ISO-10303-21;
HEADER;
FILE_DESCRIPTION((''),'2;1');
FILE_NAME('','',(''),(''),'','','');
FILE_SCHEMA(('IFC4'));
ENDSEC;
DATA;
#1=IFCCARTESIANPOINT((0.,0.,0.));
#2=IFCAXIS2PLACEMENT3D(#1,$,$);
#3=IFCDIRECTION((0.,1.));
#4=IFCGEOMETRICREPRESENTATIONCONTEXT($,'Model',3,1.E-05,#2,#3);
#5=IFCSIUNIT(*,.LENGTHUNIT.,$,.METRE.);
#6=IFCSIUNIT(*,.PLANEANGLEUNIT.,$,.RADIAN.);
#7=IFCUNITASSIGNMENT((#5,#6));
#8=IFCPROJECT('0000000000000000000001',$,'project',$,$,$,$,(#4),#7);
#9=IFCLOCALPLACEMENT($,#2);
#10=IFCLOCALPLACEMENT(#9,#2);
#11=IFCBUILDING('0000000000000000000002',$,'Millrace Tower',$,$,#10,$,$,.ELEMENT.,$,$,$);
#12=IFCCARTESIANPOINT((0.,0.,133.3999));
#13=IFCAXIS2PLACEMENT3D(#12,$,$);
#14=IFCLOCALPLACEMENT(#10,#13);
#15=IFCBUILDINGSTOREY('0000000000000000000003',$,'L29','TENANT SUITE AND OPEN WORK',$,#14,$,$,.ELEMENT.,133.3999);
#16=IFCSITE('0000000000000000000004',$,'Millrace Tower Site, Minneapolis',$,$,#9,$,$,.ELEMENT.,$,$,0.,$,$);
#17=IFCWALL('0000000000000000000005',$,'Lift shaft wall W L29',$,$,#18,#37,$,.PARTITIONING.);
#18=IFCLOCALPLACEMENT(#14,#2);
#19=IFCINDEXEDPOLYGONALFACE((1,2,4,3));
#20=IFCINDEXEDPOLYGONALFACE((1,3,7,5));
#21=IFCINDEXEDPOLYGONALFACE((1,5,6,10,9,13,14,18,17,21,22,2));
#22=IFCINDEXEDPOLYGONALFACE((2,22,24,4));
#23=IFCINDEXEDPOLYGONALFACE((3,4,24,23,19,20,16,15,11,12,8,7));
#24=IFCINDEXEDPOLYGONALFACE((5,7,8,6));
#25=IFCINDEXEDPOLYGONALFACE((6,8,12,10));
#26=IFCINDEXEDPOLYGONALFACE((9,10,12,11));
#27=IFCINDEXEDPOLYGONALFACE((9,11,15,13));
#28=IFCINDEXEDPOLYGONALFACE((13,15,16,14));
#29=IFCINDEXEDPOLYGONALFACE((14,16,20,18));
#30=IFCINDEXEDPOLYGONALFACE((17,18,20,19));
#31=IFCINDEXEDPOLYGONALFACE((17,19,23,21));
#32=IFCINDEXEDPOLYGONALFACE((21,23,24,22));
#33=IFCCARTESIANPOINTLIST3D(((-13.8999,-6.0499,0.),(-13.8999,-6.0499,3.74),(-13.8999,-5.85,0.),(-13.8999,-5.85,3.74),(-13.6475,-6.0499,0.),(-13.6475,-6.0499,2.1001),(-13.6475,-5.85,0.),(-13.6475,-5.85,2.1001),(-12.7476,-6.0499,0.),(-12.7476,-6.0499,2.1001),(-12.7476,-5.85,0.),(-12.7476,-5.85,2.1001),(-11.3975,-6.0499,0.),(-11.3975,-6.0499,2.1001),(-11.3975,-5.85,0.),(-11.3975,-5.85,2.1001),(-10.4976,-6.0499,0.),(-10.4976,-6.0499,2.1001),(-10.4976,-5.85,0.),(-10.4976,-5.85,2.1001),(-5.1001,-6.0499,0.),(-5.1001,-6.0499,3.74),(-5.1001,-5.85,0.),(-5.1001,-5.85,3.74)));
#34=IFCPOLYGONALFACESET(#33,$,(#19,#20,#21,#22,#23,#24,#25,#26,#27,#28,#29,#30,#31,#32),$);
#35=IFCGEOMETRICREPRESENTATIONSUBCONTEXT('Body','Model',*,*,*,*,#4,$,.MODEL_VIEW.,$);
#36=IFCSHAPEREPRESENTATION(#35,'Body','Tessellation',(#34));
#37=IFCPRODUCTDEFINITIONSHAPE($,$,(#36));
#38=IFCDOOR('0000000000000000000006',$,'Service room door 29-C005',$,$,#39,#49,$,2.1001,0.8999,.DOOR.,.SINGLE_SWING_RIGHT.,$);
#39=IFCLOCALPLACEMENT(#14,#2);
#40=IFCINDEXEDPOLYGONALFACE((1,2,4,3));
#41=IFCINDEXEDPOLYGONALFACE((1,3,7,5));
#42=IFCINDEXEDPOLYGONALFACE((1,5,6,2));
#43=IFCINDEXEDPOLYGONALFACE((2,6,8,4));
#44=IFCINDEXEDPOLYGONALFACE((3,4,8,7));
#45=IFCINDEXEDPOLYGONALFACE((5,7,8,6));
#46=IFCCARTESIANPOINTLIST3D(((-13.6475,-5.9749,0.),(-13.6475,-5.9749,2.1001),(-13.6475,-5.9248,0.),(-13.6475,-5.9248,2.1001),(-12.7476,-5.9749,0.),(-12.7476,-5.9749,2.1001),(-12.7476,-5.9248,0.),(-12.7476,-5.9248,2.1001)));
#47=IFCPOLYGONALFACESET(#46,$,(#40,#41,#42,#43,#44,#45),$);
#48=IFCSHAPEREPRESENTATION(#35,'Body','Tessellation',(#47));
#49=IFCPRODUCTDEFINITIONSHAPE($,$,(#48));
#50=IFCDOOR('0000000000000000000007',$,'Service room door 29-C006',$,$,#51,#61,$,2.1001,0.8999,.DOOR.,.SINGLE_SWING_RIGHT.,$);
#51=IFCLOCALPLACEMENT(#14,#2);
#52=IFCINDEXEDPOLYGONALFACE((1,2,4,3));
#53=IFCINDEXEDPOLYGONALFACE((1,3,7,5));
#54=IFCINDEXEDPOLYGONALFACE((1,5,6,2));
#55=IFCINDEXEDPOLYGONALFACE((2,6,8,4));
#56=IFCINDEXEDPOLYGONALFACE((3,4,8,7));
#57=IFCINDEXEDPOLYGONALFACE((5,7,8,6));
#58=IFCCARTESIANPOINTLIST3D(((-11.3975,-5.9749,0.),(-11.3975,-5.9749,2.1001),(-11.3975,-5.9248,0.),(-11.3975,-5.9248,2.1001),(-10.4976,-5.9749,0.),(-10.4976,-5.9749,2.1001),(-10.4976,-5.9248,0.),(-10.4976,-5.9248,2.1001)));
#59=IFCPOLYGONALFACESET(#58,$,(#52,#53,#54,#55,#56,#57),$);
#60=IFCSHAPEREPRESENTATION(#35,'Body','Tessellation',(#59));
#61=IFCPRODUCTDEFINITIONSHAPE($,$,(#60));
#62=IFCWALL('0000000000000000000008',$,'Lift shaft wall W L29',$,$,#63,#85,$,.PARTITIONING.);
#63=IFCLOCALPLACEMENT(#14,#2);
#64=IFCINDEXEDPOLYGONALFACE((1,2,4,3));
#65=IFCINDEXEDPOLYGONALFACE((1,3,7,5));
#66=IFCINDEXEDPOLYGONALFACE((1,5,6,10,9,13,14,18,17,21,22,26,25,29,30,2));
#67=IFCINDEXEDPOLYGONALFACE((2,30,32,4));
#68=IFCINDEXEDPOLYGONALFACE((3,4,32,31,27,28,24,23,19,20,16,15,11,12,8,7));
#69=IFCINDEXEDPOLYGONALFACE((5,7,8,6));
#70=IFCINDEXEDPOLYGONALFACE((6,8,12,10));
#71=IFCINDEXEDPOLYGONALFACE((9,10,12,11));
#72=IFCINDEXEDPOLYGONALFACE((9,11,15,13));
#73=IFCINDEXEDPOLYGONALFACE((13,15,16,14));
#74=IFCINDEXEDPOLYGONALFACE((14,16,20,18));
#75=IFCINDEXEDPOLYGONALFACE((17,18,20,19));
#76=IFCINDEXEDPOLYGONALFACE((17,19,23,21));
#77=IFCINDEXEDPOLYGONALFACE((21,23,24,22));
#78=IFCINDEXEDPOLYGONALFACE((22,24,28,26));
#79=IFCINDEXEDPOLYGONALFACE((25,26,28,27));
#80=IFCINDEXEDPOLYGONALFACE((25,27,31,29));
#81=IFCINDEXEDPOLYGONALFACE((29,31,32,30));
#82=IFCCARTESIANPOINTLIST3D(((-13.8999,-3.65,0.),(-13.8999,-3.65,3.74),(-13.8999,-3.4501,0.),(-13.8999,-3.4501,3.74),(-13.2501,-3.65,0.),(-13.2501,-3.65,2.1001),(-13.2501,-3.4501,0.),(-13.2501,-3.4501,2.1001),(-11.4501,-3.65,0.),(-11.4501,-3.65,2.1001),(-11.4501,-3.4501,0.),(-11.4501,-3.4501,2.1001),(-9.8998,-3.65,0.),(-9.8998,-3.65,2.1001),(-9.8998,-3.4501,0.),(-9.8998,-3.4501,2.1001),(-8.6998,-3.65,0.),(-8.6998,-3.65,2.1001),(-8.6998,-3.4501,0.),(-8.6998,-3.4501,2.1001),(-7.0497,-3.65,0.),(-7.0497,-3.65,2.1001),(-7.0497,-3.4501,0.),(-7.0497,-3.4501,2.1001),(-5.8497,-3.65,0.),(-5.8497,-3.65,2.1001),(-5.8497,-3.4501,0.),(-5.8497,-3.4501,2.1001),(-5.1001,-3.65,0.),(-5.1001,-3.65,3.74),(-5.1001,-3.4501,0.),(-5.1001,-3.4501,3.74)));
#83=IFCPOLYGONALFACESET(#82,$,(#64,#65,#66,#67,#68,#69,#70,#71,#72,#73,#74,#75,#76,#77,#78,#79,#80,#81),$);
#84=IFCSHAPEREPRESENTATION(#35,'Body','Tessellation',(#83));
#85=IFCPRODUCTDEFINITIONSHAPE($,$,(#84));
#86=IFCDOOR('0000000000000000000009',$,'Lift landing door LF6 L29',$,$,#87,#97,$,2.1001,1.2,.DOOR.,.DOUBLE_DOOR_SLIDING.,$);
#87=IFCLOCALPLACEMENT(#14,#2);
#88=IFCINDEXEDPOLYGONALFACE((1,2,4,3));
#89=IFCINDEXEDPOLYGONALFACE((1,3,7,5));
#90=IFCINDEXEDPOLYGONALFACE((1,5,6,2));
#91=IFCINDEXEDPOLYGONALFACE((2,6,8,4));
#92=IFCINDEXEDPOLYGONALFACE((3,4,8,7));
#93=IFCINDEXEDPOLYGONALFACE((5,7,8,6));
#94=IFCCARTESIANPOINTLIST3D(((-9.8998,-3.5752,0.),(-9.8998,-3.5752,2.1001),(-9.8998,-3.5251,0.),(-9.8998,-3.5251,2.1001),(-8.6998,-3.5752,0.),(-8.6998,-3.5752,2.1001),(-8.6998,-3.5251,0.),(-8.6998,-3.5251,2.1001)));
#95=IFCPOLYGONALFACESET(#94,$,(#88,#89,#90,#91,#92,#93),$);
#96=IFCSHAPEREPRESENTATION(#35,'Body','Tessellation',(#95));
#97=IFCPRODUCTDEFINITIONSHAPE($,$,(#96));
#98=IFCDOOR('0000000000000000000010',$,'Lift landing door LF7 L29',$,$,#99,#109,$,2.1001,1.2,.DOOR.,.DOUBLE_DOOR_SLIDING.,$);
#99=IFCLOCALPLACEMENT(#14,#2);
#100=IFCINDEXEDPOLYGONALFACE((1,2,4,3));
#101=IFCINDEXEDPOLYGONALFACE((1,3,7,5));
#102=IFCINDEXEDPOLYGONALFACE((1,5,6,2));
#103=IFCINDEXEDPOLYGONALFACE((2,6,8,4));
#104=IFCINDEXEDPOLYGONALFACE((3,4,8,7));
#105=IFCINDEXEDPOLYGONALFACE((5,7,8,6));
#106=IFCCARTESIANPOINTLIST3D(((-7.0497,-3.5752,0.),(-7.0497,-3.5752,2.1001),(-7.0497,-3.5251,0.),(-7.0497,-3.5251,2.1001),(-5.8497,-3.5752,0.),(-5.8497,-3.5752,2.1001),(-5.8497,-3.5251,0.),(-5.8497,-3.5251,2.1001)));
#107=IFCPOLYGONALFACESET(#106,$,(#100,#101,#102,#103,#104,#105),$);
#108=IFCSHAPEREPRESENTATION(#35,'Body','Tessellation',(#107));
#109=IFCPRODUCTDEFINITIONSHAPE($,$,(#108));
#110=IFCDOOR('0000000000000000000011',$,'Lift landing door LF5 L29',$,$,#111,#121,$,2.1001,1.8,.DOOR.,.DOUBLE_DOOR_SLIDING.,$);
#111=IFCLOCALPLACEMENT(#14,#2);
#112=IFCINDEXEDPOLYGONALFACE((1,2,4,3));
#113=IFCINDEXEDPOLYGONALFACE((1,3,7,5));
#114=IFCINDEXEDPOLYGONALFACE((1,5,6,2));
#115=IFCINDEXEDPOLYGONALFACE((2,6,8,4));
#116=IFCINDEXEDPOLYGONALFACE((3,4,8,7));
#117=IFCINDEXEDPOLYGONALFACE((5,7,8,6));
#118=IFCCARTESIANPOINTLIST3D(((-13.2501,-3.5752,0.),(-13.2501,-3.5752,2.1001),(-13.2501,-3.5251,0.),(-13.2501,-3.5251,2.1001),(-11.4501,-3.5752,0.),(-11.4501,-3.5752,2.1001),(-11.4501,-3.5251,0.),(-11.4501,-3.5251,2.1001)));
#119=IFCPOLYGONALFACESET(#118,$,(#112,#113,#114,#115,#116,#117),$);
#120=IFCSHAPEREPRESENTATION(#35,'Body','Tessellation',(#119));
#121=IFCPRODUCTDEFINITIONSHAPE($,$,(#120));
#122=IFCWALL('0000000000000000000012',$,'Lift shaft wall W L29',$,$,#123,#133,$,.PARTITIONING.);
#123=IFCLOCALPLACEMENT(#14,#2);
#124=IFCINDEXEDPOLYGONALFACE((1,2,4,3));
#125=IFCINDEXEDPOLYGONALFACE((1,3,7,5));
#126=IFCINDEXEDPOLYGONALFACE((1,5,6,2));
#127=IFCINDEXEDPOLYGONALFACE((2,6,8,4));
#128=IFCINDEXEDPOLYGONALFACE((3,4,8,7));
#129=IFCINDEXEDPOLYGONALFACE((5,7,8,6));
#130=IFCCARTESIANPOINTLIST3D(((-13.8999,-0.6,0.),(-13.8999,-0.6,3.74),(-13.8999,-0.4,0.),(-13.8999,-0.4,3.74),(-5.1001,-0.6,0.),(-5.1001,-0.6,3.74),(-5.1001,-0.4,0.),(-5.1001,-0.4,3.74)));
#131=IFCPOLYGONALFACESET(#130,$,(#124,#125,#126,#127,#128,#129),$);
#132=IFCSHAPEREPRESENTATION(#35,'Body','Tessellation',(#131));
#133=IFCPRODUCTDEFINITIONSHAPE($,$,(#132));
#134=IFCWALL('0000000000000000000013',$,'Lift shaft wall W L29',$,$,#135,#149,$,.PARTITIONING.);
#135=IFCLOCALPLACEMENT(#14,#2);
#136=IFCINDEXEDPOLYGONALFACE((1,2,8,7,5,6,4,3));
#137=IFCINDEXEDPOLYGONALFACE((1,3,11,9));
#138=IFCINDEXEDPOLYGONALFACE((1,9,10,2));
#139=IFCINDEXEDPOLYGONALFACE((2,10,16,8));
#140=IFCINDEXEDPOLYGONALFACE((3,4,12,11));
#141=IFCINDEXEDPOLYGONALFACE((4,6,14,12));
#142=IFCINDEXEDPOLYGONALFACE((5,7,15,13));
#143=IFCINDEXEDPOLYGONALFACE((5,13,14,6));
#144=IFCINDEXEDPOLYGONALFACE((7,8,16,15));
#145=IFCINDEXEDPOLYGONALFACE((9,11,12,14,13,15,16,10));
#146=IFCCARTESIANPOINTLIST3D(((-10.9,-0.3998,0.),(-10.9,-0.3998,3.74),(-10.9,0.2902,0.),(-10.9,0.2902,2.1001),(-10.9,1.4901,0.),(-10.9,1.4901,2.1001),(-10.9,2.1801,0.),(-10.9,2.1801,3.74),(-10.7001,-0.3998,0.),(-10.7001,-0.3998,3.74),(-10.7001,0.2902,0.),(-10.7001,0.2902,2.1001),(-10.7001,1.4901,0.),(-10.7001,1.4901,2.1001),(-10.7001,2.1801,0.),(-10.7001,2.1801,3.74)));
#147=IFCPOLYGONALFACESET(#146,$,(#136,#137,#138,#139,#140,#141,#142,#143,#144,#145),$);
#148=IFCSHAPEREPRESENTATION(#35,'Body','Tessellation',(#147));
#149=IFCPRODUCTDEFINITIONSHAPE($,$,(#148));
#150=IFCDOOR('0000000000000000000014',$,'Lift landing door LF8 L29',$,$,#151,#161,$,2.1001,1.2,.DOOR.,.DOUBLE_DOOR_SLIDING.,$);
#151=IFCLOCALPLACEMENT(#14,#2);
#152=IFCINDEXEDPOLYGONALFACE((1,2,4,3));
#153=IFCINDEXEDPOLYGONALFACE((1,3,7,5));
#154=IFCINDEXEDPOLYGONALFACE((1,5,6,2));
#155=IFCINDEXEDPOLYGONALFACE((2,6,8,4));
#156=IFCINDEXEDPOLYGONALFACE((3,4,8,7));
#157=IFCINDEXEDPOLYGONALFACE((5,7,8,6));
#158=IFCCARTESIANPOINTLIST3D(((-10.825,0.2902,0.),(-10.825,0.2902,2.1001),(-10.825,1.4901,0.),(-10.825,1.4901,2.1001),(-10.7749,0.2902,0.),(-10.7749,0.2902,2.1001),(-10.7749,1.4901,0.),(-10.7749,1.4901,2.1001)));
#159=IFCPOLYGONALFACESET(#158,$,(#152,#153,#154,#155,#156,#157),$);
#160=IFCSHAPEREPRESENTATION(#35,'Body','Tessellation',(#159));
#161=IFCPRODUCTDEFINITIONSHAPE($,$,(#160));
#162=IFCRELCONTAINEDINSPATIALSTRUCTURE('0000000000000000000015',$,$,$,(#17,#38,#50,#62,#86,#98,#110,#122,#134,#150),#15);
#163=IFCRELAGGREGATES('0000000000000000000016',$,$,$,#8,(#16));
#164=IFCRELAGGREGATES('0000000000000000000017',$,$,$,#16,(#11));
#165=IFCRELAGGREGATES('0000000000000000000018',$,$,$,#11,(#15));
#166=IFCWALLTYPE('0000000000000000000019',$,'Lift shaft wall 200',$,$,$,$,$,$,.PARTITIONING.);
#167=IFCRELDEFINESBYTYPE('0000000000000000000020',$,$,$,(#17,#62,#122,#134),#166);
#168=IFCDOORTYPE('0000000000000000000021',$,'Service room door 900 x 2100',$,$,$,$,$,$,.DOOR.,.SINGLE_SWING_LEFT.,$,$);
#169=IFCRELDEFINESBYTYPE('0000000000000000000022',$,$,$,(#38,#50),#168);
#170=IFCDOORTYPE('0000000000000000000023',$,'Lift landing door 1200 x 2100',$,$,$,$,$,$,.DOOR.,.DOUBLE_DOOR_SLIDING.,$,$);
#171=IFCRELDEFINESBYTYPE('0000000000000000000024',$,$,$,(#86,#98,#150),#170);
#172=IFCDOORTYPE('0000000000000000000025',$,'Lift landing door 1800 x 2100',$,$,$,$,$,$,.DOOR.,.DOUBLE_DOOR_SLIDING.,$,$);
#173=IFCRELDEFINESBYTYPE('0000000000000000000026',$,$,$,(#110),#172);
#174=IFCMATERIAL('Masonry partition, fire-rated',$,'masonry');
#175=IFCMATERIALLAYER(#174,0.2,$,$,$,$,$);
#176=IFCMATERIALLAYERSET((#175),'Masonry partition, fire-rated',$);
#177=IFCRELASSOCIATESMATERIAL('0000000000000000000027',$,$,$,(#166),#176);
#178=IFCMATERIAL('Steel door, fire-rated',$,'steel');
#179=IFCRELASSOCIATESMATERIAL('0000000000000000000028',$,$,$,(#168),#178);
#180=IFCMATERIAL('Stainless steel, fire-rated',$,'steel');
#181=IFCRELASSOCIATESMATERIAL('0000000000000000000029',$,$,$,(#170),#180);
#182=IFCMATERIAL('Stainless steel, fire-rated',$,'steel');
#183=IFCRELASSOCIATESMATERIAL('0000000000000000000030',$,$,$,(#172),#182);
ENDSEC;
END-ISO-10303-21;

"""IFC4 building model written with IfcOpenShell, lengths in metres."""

from ifc_helpers import new_model, si_unit, direction, frame, frame_2d, origin, place, context, subcontext, project, spatial, rectangle, extrude, material, layer, layer_set, type_object, element, fill, save


model = new_model("IFC4")

# Units and contexts
model_context = context("Model", 3, precision=1e-05, world=origin(), true_north=direction((0.0, 1.0)))
body_context = subcontext(model_context, "Body", "Model", "MODEL_VIEW")
ifc_project = project(units=[si_unit("LENGTHUNIT", "METRE"), si_unit("PLANEANGLEUNIT", "RADIAN")], contexts=[model_context])

# Site, building, storey
site_placement = place(None, origin())
site = spatial("IfcSite", under=ifc_project, at=site_placement, Name="Millrace Tower Site, Minneapolis", CompositionType="ELEMENT", RefElevation=0.0)
building_placement = place(site_placement, origin())
building = spatial("IfcBuilding", under=site, at=building_placement, Name="Millrace Tower", CompositionType="ELEMENT")
storey_placement = place(building_placement, frame((0.0, 0.0, 133.3999)))
storey = spatial("IfcBuildingStorey", under=building, at=storey_placement, Name="L29", Description="TENANT SUITE AND OPEN WORK", CompositionType="ELEMENT", Elevation=133.3999)

# Walls, openings, doors
ifc_material_1 = material(Name="Masonry partition, fire-rated", Category="masonry")
ifc_layer_1 = layer(ifc_material_1, 0.2)
ifc_layer_set_1 = layer_set([ifc_layer_1], Name="Masonry partition, fire-rated")
wall_type_1 = type_object("IfcWallType", Name="Lift shaft wall 200", PredefinedType="PARTITIONING", material=ifc_layer_set_1)
wall_1_placement = place(storey_placement, frame((-13.8999, -5.95, 0.0), z_axis=(0.0, 0.0, 1.0), x_axis=(1.0, 0.0, 0.0)))
wall_1 = element("IfcWall", 1, at=wall_1_placement, inside=storey, type_object=wall_type_1, Name="Lift shaft wall W L29", PredefinedType="PARTITIONING", context=body_context, shape_type="SweptSolid", body=[
    extrude(rectangle(XDim=8.7998, YDim=0.2, at=frame_2d((4.3999, 0.0))), origin(), (0.0, 0.0, 1.0), 3.74),
])
opening_1_placement = place(wall_1_placement, frame((0.2524, 0.0, 0.0)))
opening_1 = element("IfcOpeningElement", 2, at=opening_1_placement, cuts=wall_1, PredefinedType="OPENING", context=body_context, shape_type="SweptSolid", body=[
    extrude(rectangle(XDim=0.8999, YDim=2.1001, at=frame_2d((0.45, 1.05))), frame((0.0, 0.1099, 0.0), z_axis=(0.0, -1.0, 0.0), x_axis=(1.0, 0.0, 0.0)), (0.0, 0.0, 1.0), 0.22),
])
opening_2_placement = place(wall_1_placement, frame((2.5024, 0.0, 0.0)))
opening_2 = element("IfcOpeningElement", 3, at=opening_2_placement, cuts=wall_1, PredefinedType="OPENING", context=body_context, shape_type="SweptSolid", body=[
    extrude(rectangle(XDim=0.8999, YDim=2.1001, at=frame_2d((0.45, 1.05))), frame((0.0, 0.1099, 0.0), z_axis=(0.0, -1.0, 0.0), x_axis=(1.0, 0.0, 0.0)), (0.0, 0.0, 1.0), 0.22),
])
ifc_material_2 = material(Name="Steel door, fire-rated", Category="steel")
door_type_1 = type_object("IfcDoorType", Name="Service room door 900 x 2100", OperationType="SINGLE_SWING_LEFT", PredefinedType="DOOR", material=ifc_material_2)
door_1_placement = place(opening_1_placement, frame((0.8999, 0.0, 0.0), z_axis=(0.0, 0.0, 1.0), x_axis=(-1.0, 0.0, 0.0)))
door_1 = element("IfcDoor", 4, at=door_1_placement, inside=storey, type_object=door_type_1, Name="Service room door 29-C005", OperationType="SINGLE_SWING_RIGHT", OverallHeight=2.1001, OverallWidth=0.8999, PredefinedType="DOOR", context=body_context, shape_type="SweptSolid", body=[
    extrude(rectangle(XDim=0.8999, YDim=2.1001, at=frame_2d((0.45, 1.05))), frame((0.0, 0.0249, 0.0), z_axis=(0.0, -1.0, 0.0), x_axis=(1.0, 0.0, 0.0)), (0.0, 0.0, 1.0), 0.05),
])
fill(opening_1, door_1)
door_2_placement = place(opening_2_placement, frame((0.8999, 0.0, 0.0), z_axis=(0.0, 0.0, 1.0), x_axis=(-1.0, 0.0, 0.0)))
door_2 = element("IfcDoor", 5, at=door_2_placement, inside=storey, type_object=door_type_1, Name="Service room door 29-C006", OperationType="SINGLE_SWING_RIGHT", OverallHeight=2.1001, OverallWidth=0.8999, PredefinedType="DOOR", context=body_context, shape_type="SweptSolid", body=[
    extrude(rectangle(XDim=0.8999, YDim=2.1001, at=frame_2d((0.45, 1.05))), frame((0.0, 0.0249, 0.0), z_axis=(0.0, -1.0, 0.0), x_axis=(1.0, 0.0, 0.0)), (0.0, 0.0, 1.0), 0.05),
])
fill(opening_2, door_2)
wall_2_placement = place(storey_placement, frame((-13.8999, -3.55, 0.0), z_axis=(0.0, 0.0, 1.0), x_axis=(1.0, 0.0, 0.0)))
wall_2 = element("IfcWall", 6, at=wall_2_placement, inside=storey, type_object=wall_type_1, Name="Lift shaft wall W L29", PredefinedType="PARTITIONING", context=body_context, shape_type="SweptSolid", body=[
    extrude(rectangle(XDim=8.7998, YDim=0.2, at=frame_2d((4.3999, 0.0))), origin(), (0.0, 0.0, 1.0), 3.74),
])
opening_3_placement = place(wall_2_placement, frame((0.6499, 0.0, 0.0)))
opening_3 = element("IfcOpeningElement", 7, at=opening_3_placement, cuts=wall_2, PredefinedType="OPENING", context=body_context, shape_type="SweptSolid", body=[
    extrude(rectangle(XDim=1.8, YDim=2.1001, at=frame_2d((0.8999, 1.05))), frame((0.0, 0.1099, 0.0), z_axis=(0.0, -1.0, 0.0), x_axis=(1.0, 0.0, 0.0)), (0.0, 0.0, 1.0), 0.22),
])
opening_4_placement = place(wall_2_placement, frame((4.0, 0.0, 0.0)))
opening_4 = element("IfcOpeningElement", 8, at=opening_4_placement, cuts=wall_2, PredefinedType="OPENING", context=body_context, shape_type="SweptSolid", body=[
    extrude(rectangle(XDim=1.2, YDim=2.1001, at=frame_2d((0.6001, 1.05))), frame((0.0, 0.1099, 0.0), z_axis=(0.0, -1.0, 0.0), x_axis=(1.0, 0.0, 0.0)), (0.0, 0.0, 1.0), 0.22),
])
opening_5_placement = place(wall_2_placement, frame((6.8501, 0.0, 0.0)))
opening_5 = element("IfcOpeningElement", 9, at=opening_5_placement, cuts=wall_2, PredefinedType="OPENING", context=body_context, shape_type="SweptSolid", body=[
    extrude(rectangle(XDim=1.2, YDim=2.1001, at=frame_2d((0.6001, 1.05))), frame((0.0, 0.1099, 0.0), z_axis=(0.0, -1.0, 0.0), x_axis=(1.0, 0.0, 0.0)), (0.0, 0.0, 1.0), 0.22),
])
ifc_material_3 = material(Name="Stainless steel, fire-rated", Category="steel")
door_type_2 = type_object("IfcDoorType", Name="Lift landing door 1200 x 2100", OperationType="DOUBLE_DOOR_SLIDING", PredefinedType="DOOR", material=ifc_material_3)
door_3_placement = place(opening_4_placement, origin())
door_3 = element("IfcDoor", 10, at=door_3_placement, inside=storey, type_object=door_type_2, Name="Lift landing door LF6 L29", OperationType="DOUBLE_DOOR_SLIDING", OverallHeight=2.1001, OverallWidth=1.2, PredefinedType="DOOR", context=body_context, shape_type="SweptSolid", body=[
    extrude(rectangle(XDim=1.2, YDim=2.1001, at=frame_2d((0.6001, 1.05))), frame((0.0, 0.0249, 0.0), z_axis=(0.0, -1.0, 0.0), x_axis=(1.0, 0.0, 0.0)), (0.0, 0.0, 1.0), 0.05),
])
fill(opening_4, door_3)
door_4_placement = place(opening_5_placement, origin())
door_4 = element("IfcDoor", 11, at=door_4_placement, inside=storey, type_object=door_type_2, Name="Lift landing door LF7 L29", OperationType="DOUBLE_DOOR_SLIDING", OverallHeight=2.1001, OverallWidth=1.2, PredefinedType="DOOR", context=body_context, shape_type="SweptSolid", body=[
    extrude(rectangle(XDim=1.2, YDim=2.1001, at=frame_2d((0.6001, 1.05))), frame((0.0, 0.0249, 0.0), z_axis=(0.0, -1.0, 0.0), x_axis=(1.0, 0.0, 0.0)), (0.0, 0.0, 1.0), 0.05),
])
fill(opening_5, door_4)
ifc_material_4 = material(Name="Stainless steel, fire-rated", Category="steel")
door_type_3 = type_object("IfcDoorType", Name="Lift landing door 1800 x 2100", OperationType="DOUBLE_DOOR_SLIDING", PredefinedType="DOOR", material=ifc_material_4)
door_5_placement = place(opening_3_placement, origin())
door_5 = element("IfcDoor", 12, at=door_5_placement, inside=storey, type_object=door_type_3, Name="Lift landing door LF5 L29", OperationType="DOUBLE_DOOR_SLIDING", OverallHeight=2.1001, OverallWidth=1.8, PredefinedType="DOOR", context=body_context, shape_type="SweptSolid", body=[
    extrude(rectangle(XDim=1.8, YDim=2.1001, at=frame_2d((0.8999, 1.05))), frame((0.0, 0.0249, 0.0), z_axis=(0.0, -1.0, 0.0), x_axis=(1.0, 0.0, 0.0)), (0.0, 0.0, 1.0), 0.05),
])
fill(opening_3, door_5)

# Wall
wall_3_placement = place(storey_placement, frame((-13.8999, -0.5, 0.0), z_axis=(0.0, 0.0, 1.0), x_axis=(1.0, 0.0, 0.0)))
element("IfcWall", 13, at=wall_3_placement, inside=storey, type_object=wall_type_1, Name="Lift shaft wall W L29", PredefinedType="PARTITIONING", context=body_context, shape_type="SweptSolid", body=[
    extrude(rectangle(XDim=8.7998, YDim=0.2, at=frame_2d((4.3999, 0.0))), origin(), (0.0, 0.0, 1.0), 3.74),
])

# Wall, opening, door
wall_4_placement = place(storey_placement, frame((-10.8, -0.3999, 0.0), z_axis=(0.0, 0.0, 1.0), x_axis=(0.0, 1.0, 0.0)))
wall_4 = element("IfcWall", 14, at=wall_4_placement, inside=storey, type_object=wall_type_1, Name="Lift shaft wall W L29", PredefinedType="PARTITIONING", context=body_context, shape_type="SweptSolid", body=[
    extrude(rectangle(XDim=2.5798, YDim=0.2, at=frame_2d((1.29, 0.0))), origin(), (0.0, 0.0, 1.0), 3.74),
])
opening_6_placement = place(wall_4_placement, frame((0.6899, 0.0, 0.0)))
opening_6 = element("IfcOpeningElement", 15, at=opening_6_placement, cuts=wall_4, PredefinedType="OPENING", context=body_context, shape_type="SweptSolid", body=[
    extrude(rectangle(XDim=1.2, YDim=2.1001, at=frame_2d((0.6001, 1.05))), frame((0.0, 0.1099, 0.0), z_axis=(0.0, -1.0, 0.0), x_axis=(1.0, 0.0, 0.0)), (0.0, 0.0, 1.0), 0.22),
])
door_6_placement = place(opening_6_placement, origin())
door_6 = element("IfcDoor", 16, at=door_6_placement, inside=storey, type_object=door_type_2, Name="Lift landing door LF8 L29", OperationType="DOUBLE_DOOR_SLIDING", OverallHeight=2.1001, OverallWidth=1.2, PredefinedType="DOOR", context=body_context, shape_type="SweptSolid", body=[
    extrude(rectangle(XDim=1.2, YDim=2.1001, at=frame_2d((0.6001, 1.05))), frame((0.0, 0.0249, 0.0), z_axis=(0.0, -1.0, 0.0), x_axis=(1.0, 0.0, 0.0)), (0.0, 0.0, 1.0), 0.05),
])
fill(opening_6, door_6)

save(model, "model.ifc")
